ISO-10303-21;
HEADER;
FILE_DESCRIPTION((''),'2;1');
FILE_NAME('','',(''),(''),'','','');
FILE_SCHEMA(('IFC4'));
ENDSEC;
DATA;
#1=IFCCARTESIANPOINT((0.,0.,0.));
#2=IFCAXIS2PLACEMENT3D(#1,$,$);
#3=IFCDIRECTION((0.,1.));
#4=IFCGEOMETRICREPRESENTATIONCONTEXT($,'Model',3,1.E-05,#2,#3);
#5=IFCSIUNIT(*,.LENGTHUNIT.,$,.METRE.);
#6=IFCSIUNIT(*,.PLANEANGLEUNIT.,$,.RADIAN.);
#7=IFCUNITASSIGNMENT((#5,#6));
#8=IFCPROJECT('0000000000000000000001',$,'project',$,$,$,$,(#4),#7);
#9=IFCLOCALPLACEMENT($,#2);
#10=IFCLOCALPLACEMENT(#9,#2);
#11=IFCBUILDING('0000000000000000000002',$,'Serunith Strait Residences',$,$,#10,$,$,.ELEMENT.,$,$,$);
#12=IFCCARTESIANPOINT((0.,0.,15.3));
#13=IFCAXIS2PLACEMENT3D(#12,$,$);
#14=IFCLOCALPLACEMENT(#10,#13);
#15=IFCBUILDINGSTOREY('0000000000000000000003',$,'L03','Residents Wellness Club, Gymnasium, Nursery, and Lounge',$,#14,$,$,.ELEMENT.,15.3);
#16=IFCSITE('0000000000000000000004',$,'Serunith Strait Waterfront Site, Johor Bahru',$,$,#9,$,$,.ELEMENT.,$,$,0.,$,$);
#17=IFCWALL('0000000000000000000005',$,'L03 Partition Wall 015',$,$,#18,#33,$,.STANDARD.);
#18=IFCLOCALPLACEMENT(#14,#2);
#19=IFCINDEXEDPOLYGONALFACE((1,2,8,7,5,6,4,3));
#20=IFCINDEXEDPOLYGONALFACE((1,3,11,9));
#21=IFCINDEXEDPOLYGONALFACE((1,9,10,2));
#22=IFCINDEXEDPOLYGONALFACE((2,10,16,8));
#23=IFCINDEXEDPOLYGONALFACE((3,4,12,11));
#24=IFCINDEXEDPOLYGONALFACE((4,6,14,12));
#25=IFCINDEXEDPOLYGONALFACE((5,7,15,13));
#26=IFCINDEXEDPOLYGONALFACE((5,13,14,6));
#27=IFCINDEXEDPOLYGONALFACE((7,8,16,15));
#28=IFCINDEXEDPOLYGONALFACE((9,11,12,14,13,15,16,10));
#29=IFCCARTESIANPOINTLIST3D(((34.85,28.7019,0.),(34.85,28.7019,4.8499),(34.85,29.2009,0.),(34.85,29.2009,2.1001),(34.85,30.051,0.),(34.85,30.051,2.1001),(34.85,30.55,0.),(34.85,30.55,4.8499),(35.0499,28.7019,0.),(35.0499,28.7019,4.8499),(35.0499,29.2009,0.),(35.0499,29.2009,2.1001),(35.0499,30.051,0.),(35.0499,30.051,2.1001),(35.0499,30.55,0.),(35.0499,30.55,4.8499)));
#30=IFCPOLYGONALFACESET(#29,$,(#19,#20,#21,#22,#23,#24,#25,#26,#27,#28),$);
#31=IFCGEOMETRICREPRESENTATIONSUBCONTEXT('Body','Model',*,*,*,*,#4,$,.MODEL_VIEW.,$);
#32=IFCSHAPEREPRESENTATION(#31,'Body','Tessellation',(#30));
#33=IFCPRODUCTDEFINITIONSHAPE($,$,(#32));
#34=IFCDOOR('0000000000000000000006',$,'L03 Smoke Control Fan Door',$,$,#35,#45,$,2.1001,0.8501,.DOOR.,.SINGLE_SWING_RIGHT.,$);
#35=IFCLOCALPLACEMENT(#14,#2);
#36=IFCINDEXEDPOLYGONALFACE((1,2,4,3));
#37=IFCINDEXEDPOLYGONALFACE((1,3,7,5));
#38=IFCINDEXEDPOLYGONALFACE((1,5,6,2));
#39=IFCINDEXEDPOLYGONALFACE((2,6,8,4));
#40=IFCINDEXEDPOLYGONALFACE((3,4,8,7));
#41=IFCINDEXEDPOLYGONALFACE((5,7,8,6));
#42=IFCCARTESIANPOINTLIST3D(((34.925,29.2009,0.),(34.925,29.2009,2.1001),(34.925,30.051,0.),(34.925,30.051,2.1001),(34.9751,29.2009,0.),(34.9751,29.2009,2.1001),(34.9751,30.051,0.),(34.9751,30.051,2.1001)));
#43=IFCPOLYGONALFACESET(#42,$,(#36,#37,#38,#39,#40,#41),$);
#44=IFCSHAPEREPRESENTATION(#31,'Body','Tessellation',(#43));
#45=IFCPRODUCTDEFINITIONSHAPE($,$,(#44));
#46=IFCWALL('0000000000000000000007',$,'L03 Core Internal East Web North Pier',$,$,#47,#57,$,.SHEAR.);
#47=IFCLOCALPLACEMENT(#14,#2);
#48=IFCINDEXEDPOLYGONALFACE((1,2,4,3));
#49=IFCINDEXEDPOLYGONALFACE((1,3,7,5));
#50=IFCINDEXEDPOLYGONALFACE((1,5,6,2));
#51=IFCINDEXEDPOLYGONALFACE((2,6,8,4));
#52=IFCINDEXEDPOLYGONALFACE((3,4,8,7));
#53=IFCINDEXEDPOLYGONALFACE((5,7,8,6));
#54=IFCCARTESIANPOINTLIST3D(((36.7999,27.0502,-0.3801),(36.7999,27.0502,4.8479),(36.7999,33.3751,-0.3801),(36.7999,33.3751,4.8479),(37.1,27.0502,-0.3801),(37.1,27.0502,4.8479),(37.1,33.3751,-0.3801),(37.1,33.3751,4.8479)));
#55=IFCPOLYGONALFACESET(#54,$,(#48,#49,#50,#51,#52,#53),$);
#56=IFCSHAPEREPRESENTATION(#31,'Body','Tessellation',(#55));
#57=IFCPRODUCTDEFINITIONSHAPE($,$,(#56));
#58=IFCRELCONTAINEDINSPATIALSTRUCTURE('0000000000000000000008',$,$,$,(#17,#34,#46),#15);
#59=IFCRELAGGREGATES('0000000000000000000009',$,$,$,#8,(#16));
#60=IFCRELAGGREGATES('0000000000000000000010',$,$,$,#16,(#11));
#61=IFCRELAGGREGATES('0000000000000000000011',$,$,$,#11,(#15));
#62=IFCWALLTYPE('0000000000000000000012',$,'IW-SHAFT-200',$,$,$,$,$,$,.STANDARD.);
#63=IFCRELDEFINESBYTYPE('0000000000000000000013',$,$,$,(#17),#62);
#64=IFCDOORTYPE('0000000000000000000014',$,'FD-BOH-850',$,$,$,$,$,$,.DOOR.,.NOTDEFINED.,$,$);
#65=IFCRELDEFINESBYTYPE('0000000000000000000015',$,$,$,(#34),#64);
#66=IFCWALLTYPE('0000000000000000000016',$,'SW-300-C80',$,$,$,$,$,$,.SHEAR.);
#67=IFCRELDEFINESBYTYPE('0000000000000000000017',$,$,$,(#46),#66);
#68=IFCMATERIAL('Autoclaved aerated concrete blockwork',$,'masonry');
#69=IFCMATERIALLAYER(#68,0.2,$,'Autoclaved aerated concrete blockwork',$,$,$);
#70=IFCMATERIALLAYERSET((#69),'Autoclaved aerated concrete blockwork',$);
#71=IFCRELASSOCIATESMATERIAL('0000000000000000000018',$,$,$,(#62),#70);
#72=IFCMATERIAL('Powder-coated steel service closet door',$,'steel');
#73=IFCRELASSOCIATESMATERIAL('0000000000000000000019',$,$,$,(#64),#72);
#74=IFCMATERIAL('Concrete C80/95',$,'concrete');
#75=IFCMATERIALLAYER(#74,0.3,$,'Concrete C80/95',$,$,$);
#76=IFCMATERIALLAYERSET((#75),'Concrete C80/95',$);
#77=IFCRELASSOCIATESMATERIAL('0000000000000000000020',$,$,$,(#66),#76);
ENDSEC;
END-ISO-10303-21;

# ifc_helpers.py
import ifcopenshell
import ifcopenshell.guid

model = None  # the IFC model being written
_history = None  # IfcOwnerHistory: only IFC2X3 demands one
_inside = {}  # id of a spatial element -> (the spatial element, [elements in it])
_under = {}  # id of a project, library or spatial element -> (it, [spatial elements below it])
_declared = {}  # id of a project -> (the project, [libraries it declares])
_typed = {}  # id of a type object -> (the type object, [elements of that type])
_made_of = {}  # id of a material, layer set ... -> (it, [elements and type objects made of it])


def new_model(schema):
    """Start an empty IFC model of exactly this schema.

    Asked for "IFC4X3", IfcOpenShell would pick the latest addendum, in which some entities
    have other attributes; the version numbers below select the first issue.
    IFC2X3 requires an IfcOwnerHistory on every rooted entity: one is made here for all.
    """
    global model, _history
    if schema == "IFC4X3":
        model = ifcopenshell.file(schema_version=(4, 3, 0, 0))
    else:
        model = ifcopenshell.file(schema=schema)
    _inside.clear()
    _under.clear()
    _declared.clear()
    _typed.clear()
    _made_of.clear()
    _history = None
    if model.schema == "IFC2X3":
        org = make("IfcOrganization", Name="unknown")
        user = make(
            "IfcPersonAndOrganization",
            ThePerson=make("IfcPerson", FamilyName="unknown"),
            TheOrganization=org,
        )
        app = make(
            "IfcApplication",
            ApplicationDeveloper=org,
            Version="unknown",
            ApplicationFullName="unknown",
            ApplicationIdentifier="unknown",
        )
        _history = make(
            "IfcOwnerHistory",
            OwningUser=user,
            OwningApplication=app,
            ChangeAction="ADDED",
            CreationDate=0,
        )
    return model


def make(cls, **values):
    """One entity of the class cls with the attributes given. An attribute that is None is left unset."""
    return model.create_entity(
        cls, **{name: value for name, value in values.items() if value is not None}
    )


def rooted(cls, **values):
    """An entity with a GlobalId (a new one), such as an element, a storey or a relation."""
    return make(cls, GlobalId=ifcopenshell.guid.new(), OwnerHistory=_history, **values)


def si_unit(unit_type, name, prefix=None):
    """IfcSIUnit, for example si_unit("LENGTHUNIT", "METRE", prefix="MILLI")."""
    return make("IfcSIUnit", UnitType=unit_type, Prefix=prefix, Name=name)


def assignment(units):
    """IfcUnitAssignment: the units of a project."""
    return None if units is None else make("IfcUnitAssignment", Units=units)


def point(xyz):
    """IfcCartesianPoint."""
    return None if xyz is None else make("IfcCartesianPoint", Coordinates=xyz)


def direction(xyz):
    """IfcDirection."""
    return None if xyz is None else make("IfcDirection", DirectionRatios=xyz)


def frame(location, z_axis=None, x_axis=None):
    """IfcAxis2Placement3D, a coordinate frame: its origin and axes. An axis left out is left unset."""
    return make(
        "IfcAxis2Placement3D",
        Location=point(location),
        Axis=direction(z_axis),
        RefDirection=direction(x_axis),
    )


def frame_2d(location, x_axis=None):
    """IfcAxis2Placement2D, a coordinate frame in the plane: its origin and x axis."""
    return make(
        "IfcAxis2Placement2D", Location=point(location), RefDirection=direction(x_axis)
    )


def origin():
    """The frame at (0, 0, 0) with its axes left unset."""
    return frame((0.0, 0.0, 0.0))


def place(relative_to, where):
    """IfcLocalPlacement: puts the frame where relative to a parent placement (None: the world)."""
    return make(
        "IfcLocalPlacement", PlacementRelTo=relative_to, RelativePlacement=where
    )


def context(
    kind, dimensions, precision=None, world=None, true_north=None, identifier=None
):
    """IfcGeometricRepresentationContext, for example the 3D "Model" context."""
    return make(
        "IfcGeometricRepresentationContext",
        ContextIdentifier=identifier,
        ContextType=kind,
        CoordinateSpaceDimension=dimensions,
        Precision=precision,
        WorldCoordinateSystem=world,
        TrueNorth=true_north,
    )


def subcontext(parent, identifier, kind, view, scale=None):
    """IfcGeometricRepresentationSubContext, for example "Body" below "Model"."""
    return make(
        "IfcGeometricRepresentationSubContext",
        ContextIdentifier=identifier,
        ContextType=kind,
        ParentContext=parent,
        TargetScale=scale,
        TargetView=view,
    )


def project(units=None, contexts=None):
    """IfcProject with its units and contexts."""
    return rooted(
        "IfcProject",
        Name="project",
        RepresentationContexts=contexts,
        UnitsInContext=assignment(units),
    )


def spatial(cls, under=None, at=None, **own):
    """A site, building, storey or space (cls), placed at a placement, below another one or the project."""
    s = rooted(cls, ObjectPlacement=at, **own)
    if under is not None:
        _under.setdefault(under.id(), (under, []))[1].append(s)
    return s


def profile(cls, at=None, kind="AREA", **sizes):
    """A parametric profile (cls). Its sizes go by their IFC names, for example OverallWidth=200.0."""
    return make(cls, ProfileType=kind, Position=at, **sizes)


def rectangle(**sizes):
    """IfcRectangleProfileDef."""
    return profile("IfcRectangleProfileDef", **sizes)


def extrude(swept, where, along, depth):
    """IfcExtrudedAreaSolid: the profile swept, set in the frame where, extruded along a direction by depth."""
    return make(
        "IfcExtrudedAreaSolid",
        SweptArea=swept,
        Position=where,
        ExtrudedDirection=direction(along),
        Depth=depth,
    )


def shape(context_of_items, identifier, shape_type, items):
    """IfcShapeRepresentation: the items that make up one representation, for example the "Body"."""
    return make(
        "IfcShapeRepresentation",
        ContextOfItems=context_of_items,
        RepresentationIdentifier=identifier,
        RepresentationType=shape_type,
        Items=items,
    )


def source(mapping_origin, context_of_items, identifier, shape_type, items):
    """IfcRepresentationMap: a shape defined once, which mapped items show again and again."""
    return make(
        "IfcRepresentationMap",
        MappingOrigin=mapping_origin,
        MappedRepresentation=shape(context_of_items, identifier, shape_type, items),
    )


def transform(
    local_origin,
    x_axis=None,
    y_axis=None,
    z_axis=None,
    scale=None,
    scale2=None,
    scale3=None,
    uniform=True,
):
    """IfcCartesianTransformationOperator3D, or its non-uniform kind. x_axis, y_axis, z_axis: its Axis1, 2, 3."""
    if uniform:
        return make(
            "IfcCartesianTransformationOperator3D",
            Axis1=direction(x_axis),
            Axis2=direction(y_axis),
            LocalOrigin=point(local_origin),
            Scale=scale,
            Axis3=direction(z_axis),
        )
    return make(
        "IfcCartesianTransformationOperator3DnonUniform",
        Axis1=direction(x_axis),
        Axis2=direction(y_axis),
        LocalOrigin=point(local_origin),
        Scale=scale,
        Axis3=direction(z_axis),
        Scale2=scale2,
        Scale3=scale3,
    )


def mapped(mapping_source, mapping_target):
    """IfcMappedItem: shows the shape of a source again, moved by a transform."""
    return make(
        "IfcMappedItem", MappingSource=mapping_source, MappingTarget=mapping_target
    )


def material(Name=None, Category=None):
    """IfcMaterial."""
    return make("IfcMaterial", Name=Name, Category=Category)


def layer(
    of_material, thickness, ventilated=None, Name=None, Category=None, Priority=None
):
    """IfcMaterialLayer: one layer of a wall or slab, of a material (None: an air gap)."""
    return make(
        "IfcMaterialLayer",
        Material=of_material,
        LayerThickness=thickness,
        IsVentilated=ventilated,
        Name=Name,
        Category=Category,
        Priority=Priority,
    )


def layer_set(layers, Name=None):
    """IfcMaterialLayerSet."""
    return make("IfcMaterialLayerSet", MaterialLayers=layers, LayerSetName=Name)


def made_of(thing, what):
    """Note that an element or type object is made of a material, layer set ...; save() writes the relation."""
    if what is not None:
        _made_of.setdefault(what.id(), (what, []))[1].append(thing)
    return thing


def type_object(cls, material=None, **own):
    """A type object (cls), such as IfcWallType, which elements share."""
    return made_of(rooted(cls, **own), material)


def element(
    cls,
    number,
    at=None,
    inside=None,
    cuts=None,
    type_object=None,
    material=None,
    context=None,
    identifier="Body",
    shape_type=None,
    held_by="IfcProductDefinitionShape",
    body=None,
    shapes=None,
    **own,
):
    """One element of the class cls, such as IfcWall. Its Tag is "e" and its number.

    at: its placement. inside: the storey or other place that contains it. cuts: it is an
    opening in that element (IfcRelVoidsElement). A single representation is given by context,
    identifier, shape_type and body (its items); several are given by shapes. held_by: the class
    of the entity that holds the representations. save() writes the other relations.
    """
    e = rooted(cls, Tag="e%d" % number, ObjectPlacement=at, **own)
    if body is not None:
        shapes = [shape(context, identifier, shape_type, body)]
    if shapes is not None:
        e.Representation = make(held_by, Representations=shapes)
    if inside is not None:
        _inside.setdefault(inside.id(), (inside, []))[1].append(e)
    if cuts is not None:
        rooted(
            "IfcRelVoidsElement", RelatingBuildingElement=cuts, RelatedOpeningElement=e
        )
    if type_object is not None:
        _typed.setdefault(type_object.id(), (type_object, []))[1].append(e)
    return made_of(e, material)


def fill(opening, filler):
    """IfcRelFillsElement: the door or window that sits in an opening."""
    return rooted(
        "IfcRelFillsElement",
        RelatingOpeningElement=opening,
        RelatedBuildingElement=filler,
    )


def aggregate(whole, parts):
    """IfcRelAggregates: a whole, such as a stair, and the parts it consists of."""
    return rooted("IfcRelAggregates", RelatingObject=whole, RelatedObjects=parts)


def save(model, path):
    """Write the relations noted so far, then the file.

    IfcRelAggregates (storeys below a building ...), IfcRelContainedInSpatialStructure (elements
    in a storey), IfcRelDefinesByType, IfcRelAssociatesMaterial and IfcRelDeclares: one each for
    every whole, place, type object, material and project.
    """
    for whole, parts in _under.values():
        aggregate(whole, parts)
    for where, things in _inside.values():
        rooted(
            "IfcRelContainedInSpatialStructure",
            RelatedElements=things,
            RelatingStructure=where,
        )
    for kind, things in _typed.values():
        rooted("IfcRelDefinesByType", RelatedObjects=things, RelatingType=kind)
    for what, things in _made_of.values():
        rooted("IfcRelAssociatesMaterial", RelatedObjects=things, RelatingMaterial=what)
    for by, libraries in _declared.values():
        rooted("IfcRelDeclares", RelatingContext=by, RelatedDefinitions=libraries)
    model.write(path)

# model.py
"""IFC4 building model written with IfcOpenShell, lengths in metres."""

from ifc_helpers import new_model, si_unit, direction, frame, frame_2d, origin, place, context, subcontext, project, spatial, rectangle, extrude, source, transform, mapped, material, layer, layer_set, type_object, element, fill, save


model = new_model("IFC4")

# Units and contexts
model_context = context("Model", 3, precision=1e-05, world=origin(), true_north=direction((0.0, 1.0)))
body_context = subcontext(model_context, "Body", "Model", "MODEL_VIEW")
ifc_project = project(units=[si_unit("LENGTHUNIT", "METRE"), si_unit("PLANEANGLEUNIT", "RADIAN")], contexts=[model_context])

# Site, building, storey
site_placement = place(None, origin())
site = spatial("IfcSite", under=ifc_project, at=site_placement, Name="Serunith Strait Waterfront Site, Johor Bahru", CompositionType="ELEMENT", RefElevation=0.0)
building_placement = place(site_placement, origin())
building = spatial("IfcBuilding", under=site, at=building_placement, Name="Serunith Strait Residences", CompositionType="ELEMENT")
storey_placement = place(building_placement, frame((0.0, 0.0, 15.3)))
storey = spatial("IfcBuildingStorey", under=building, at=storey_placement, Name="L03", Description="Residents Wellness Club, Gymnasium, Nursery, and Lounge", CompositionType="ELEMENT", Elevation=15.3)

# Shared definitions
ifc_material_1 = material(Name="Autoclaved aerated concrete blockwork", Category="masonry")
ifc_layer_1 = layer(ifc_material_1, 0.2, Name="Autoclaved aerated concrete blockwork")
ifc_layer_set_1 = layer_set([ifc_layer_1], Name="Autoclaved aerated concrete blockwork")
wall_type_1 = type_object("IfcWallType", Name="IW-SHAFT-200", PredefinedType="STANDARD", material=ifc_layer_set_1)

# Wall, opening, door
ifc_material_2 = material(Name="Powder-coated steel service closet door", Category="steel")
door_type_1 = type_object("IfcDoorType", Name="FD-BOH-850", OperationType="NOTDEFINED", PredefinedType="DOOR", material=ifc_material_2)
shared_shape_1 = source(origin(), body_context, "Body", "SweptSolid", [
    extrude(rectangle(XDim=0.8501, YDim=2.1001, at=frame_2d((0.425, 1.05))), frame((0.0, 0.0249, 0.0), z_axis=(0.0, -1.0, 0.0), x_axis=(1.0, 0.0, 0.0)), (0.0, 0.0, 1.0), 0.05),
])
wall_1_placement = place(storey_placement, frame((34.95, 28.7019, 0.0), z_axis=(0.0, 0.0, 1.0), x_axis=(0.0, 1.0, 0.0)))
wall_1 = element("IfcWall", 1, at=wall_1_placement, inside=storey, type_object=wall_type_1, Name="L03 Partition Wall 015", PredefinedType="STANDARD", context=body_context, shape_type="SweptSolid", body=[
    extrude(rectangle(XDim=1.8481, YDim=0.2, at=frame_2d((0.9241, 0.0))), origin(), (0.0, 0.0, 1.0), 4.8499),
])
opening_1_placement = place(wall_1_placement, frame((0.499, 0.0, 0.0)))
opening_1 = element("IfcOpeningElement", 2, at=opening_1_placement, cuts=wall_1, PredefinedType="OPENING", context=body_context, shape_type="SweptSolid", body=[
    extrude(rectangle(XDim=0.8501, YDim=2.1001, at=frame_2d((0.425, 1.05))), frame((0.0, 0.1099, 0.0), z_axis=(0.0, -1.0, 0.0), x_axis=(1.0, 0.0, 0.0)), (0.0, 0.0, 1.0), 0.22),
])
door_1_placement = place(opening_1_placement, origin())
door_1 = element("IfcDoor", 3, at=door_1_placement, inside=storey, type_object=door_type_1, Name="L03 Smoke Control Fan Door", OperationType="SINGLE_SWING_RIGHT", OverallHeight=2.1001, OverallWidth=0.8501, PredefinedType="DOOR", context=body_context, shape_type="MappedRepresentation", body=[
    mapped(shared_shape_1, transform((0.0, 0.0, 0.0), scale=1.0)),
])
fill(opening_1, door_1)

# Wall
ifc_material_3 = material(Name="Concrete C80/95", Category="concrete")
ifc_layer_2 = layer(ifc_material_3, 0.3, Name="Concrete C80/95")
ifc_layer_set_2 = layer_set([ifc_layer_2], Name="Concrete C80/95")
wall_type_2 = type_object("IfcWallType", Name="SW-300-C80", PredefinedType="SHEAR", material=ifc_layer_set_2)
wall_2_placement = place(storey_placement, frame((36.95, 27.05, -0.3801), z_axis=(0.0, 0.0, 1.0), x_axis=(0.0, 1.0, 0.0)))
element("IfcWall", 4, at=wall_2_placement, inside=storey, type_object=wall_type_2, Name="L03 Core Internal East Web North Pier", PredefinedType="SHEAR", context=body_context, shape_type="SweptSolid", body=[
    extrude(rectangle(XDim=6.325, YDim=0.3, at=frame_2d((3.1626, 0.0))), origin(), (0.0, 0.0, 1.0), 5.228),
])

save(model, "model.ifc")
